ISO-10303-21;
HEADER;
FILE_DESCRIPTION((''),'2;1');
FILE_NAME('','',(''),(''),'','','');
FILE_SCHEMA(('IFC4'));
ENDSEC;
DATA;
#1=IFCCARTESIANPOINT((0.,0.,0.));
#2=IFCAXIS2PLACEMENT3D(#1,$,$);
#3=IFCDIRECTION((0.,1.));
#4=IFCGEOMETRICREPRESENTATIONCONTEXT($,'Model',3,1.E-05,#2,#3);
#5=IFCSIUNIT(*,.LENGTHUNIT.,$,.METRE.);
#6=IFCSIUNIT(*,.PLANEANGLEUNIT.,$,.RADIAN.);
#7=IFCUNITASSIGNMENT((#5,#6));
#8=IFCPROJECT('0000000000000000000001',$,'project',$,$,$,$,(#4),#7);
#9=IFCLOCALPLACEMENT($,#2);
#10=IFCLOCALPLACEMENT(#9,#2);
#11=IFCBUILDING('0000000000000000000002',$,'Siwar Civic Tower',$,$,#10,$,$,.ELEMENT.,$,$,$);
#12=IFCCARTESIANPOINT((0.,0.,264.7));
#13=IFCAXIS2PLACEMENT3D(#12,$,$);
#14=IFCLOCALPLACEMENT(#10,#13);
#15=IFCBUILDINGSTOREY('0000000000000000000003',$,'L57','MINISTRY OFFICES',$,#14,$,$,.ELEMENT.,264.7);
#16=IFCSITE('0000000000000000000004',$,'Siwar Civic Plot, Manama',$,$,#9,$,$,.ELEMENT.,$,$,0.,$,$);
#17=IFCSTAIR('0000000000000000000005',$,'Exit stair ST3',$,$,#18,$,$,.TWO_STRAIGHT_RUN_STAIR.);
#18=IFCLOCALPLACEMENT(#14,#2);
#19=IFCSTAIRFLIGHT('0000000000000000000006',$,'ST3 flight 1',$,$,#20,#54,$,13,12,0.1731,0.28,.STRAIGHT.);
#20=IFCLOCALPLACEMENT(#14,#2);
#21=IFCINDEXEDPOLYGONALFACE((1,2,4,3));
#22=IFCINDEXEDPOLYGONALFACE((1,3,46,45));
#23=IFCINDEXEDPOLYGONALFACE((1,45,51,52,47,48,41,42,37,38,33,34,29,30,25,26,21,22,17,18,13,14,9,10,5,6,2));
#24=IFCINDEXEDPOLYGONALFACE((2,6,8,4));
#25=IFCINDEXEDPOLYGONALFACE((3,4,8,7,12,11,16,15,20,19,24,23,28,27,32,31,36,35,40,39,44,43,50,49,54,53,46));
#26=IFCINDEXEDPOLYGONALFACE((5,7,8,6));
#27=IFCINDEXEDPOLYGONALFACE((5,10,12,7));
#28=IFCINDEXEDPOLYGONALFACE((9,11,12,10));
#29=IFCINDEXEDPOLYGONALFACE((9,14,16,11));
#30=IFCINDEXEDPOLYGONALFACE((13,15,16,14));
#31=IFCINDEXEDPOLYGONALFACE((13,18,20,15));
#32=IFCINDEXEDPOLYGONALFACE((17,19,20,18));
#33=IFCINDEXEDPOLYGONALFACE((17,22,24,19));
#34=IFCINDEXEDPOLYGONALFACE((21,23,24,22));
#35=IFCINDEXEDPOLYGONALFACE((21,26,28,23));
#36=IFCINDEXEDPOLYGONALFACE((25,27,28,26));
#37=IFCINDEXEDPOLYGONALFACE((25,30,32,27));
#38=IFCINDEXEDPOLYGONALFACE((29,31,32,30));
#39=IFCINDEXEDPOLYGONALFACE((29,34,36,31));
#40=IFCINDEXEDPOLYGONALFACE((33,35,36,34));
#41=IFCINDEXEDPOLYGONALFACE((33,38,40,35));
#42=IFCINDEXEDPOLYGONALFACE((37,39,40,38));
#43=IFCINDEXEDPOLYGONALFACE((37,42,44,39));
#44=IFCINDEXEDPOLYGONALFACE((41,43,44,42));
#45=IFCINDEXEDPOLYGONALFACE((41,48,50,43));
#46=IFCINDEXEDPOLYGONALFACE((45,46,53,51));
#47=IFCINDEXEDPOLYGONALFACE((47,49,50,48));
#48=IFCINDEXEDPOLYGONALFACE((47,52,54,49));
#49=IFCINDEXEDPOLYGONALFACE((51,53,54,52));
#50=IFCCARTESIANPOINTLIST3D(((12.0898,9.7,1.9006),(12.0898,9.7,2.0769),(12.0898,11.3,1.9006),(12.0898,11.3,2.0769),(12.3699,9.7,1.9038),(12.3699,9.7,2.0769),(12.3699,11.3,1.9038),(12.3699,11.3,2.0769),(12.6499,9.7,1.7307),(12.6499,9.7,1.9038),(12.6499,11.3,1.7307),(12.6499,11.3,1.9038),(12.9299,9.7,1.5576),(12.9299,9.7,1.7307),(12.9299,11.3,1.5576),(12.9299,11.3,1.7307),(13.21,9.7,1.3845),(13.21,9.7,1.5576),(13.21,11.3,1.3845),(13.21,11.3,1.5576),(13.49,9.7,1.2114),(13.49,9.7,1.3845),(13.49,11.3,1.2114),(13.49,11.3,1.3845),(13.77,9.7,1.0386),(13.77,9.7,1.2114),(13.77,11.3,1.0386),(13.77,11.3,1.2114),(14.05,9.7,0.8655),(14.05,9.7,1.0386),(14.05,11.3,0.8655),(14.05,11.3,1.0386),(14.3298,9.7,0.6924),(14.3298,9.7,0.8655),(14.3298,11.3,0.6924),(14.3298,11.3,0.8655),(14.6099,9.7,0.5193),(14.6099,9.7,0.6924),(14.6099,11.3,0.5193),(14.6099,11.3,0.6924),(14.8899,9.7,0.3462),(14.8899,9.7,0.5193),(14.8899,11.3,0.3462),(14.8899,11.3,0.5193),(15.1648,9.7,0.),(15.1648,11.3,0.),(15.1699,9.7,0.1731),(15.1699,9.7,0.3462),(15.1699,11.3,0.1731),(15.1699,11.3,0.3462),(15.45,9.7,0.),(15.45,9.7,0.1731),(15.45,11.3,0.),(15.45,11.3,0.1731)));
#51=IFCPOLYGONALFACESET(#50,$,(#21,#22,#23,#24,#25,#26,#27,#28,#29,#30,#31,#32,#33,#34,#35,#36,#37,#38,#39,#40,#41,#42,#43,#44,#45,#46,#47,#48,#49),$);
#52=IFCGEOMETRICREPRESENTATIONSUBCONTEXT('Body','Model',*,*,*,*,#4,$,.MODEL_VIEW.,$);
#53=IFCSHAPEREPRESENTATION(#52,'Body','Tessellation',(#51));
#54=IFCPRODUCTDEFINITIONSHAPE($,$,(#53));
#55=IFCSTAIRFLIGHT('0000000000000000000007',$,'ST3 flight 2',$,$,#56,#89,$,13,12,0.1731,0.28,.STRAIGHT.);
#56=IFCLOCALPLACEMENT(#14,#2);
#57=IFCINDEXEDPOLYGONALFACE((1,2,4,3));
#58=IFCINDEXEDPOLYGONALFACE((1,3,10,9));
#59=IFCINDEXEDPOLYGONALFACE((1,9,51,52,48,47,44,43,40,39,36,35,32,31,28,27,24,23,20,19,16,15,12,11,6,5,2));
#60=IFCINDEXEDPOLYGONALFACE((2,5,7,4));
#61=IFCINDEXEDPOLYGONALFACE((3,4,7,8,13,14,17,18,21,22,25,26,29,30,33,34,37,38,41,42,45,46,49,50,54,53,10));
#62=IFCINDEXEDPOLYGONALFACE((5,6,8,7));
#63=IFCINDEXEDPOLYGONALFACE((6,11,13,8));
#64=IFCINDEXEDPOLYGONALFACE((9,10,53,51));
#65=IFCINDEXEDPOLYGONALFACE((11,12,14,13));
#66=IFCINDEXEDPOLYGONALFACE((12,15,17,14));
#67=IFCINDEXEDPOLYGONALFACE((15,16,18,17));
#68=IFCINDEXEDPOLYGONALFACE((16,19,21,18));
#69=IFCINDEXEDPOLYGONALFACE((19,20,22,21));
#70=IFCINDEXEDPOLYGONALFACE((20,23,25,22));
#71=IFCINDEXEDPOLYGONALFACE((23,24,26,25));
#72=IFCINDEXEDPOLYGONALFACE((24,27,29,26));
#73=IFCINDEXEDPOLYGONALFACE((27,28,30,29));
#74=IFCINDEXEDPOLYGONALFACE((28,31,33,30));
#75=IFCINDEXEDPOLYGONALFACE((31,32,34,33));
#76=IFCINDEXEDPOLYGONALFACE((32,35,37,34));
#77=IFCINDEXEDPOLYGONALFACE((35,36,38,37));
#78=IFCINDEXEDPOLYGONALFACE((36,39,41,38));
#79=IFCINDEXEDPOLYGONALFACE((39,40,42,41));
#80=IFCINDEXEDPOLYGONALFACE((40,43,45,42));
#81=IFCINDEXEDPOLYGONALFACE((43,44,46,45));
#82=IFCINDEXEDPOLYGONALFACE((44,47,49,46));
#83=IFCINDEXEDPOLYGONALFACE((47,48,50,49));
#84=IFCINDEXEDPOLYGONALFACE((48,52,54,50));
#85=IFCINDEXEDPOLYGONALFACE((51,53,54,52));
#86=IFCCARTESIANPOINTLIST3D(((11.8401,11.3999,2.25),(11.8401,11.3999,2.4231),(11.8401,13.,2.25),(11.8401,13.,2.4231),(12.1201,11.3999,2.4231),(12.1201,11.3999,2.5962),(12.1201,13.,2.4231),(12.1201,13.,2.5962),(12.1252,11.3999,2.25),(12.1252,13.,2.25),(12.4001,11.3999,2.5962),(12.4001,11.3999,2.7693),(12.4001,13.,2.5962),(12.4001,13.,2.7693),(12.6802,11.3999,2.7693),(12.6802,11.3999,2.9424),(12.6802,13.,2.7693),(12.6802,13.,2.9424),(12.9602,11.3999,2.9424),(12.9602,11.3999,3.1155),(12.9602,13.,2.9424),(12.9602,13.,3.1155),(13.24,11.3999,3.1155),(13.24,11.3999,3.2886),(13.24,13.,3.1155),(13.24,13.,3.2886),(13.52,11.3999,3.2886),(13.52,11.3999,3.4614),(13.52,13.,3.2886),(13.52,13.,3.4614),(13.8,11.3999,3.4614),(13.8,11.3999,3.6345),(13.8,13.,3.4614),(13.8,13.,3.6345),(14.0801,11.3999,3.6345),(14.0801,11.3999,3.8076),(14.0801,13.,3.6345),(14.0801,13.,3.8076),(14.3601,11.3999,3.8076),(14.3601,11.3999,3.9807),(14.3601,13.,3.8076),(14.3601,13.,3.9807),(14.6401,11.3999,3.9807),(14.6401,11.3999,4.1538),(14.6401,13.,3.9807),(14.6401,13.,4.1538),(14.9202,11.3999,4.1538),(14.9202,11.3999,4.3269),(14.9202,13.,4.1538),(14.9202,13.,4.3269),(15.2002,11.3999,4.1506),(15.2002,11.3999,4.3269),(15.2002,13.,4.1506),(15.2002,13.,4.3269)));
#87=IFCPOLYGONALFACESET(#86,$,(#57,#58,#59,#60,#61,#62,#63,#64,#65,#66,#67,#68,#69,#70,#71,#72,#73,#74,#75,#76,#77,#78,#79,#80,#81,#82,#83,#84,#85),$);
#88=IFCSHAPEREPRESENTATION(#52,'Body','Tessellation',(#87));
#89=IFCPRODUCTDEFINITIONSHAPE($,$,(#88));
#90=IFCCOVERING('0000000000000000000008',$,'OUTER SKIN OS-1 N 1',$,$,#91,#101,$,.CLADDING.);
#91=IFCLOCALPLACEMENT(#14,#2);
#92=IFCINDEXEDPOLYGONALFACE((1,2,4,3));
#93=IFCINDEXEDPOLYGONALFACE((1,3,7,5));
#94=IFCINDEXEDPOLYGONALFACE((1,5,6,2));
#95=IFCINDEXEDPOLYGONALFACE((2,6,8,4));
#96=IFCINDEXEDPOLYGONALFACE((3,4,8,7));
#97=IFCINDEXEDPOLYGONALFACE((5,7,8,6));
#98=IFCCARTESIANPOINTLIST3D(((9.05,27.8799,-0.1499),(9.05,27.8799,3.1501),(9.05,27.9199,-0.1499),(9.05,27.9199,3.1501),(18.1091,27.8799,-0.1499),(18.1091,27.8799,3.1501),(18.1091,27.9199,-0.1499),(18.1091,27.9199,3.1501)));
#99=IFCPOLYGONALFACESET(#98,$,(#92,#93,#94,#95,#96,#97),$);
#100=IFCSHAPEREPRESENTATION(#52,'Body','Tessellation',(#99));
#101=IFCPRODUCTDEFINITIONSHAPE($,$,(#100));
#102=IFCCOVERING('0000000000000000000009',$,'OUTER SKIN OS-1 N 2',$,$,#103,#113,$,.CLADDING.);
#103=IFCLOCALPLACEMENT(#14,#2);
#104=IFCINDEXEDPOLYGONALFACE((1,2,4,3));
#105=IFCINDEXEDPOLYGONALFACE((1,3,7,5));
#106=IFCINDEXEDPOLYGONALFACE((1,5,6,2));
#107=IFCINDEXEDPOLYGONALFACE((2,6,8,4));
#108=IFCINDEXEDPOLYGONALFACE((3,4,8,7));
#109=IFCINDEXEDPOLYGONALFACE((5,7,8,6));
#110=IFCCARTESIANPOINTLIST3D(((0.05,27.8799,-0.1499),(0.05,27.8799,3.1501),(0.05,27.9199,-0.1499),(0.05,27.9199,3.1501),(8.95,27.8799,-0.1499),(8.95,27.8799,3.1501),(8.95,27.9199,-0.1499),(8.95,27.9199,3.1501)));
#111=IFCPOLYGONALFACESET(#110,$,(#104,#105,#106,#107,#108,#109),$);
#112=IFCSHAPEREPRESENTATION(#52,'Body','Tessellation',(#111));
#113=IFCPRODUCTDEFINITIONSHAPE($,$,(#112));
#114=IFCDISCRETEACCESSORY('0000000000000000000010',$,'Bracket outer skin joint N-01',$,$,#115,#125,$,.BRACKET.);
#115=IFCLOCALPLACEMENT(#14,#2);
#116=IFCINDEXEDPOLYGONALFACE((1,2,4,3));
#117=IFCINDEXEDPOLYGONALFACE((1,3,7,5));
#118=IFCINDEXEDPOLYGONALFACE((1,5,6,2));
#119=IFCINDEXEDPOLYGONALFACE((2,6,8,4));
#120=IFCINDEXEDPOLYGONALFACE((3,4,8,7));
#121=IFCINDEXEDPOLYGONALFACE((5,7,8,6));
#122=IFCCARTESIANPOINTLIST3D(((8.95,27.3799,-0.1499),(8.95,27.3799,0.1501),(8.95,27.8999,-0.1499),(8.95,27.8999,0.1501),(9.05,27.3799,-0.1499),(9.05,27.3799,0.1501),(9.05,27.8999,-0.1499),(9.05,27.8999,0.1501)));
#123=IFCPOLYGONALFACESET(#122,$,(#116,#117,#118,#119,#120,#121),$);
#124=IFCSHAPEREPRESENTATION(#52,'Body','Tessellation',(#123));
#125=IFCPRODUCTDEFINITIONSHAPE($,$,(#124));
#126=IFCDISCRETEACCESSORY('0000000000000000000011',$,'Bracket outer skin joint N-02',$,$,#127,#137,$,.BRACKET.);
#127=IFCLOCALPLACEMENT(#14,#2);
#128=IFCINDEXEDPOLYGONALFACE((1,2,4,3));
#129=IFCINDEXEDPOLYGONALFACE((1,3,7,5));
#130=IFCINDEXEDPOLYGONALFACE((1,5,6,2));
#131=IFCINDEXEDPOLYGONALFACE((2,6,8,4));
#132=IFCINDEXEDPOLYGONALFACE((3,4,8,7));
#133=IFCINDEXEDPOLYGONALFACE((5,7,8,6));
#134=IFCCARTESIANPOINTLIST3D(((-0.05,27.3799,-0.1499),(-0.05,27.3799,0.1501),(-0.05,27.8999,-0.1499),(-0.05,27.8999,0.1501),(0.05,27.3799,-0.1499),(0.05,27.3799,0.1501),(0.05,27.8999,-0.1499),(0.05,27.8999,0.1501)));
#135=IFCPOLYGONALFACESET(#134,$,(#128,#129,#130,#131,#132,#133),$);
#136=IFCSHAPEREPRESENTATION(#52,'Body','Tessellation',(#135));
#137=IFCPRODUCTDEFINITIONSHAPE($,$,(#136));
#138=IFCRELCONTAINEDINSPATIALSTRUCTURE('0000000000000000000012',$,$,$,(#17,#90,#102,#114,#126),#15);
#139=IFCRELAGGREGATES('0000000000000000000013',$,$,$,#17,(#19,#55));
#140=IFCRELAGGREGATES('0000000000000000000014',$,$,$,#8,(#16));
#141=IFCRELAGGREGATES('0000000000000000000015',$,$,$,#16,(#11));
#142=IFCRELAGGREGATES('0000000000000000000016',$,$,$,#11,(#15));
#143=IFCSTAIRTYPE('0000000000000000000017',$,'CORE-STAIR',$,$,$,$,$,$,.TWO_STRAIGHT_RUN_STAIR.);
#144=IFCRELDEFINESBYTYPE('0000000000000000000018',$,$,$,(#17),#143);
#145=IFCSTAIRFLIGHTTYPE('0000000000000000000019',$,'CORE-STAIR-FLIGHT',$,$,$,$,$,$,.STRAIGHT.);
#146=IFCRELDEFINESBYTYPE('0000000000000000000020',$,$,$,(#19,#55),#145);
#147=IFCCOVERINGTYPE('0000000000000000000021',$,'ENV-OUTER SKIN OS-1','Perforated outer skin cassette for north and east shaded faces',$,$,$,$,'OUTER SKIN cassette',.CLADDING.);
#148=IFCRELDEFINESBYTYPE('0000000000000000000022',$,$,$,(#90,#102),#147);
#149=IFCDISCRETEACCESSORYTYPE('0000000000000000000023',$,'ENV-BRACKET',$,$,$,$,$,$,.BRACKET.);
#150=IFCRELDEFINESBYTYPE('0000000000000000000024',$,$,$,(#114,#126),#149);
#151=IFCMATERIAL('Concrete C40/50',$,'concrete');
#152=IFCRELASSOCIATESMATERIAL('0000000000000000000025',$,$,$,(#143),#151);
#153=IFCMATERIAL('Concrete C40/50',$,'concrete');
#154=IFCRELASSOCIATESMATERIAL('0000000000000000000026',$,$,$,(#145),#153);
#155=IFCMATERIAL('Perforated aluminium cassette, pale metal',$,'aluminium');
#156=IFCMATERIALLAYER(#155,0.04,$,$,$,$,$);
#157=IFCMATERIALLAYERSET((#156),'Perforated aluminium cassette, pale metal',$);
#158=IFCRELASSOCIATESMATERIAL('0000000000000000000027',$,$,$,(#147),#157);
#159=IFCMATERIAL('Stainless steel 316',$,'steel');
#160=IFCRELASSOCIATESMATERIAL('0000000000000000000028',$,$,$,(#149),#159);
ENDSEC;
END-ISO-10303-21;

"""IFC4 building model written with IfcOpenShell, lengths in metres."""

from ifc_helpers import new_model, si_unit, direction, frame, origin, origin_2d, place, context, subcontext, project, spatial, polyline, rectangle, outline, extrude, material, layer, layer_set, type_object, element, aggregate, save


model = new_model("IFC4")

# Units and contexts
model_context = context("Model", 3, precision=1e-05, world=origin(), true_north=direction((0.0, 1.0)))
body_context = subcontext(model_context, "Body", "Model", "MODEL_VIEW")
ifc_project = project(units=[si_unit("LENGTHUNIT", "METRE"), si_unit("PLANEANGLEUNIT", "RADIAN")], contexts=[model_context])

# Site, building, storey
site_placement = place(None, origin())
site = spatial("IfcSite", under=ifc_project, at=site_placement, Name="Siwar Civic Plot, Manama", CompositionType="ELEMENT", RefElevation=0.0)
building_placement = place(site_placement, origin())
building = spatial("IfcBuilding", under=site, at=building_placement, Name="Siwar Civic Tower", CompositionType="ELEMENT")
storey_placement = place(building_placement, frame((0.0, 0.0, 264.7)))
storey = spatial("IfcBuildingStorey", under=building, at=storey_placement, Name="L57", Description="MINISTRY OFFICES", CompositionType="ELEMENT", Elevation=264.7)

# Stair, stair flights
ifc_material_1 = material(Name="Concrete C40/50", Category="concrete")
stair_type = type_object("IfcStairType", Name="CORE-STAIR", PredefinedType="TWO_STRAIGHT_RUN_STAIR", material=ifc_material_1)
stair_placement = place(storey_placement, origin())
stair = element("IfcStair", 1, at=stair_placement, inside=storey, type_object=stair_type, Name="Exit stair ST3", PredefinedType="TWO_STRAIGHT_RUN_STAIR")
ifc_material_2 = material(Name="Concrete C40/50", Category="concrete")
stair_flight_type = type_object("IfcStairFlightType", Name="CORE-STAIR-FLIGHT", PredefinedType="STRAIGHT", material=ifc_material_2)
stair_flight_1_placement = place(storey_placement, frame((15.45, 10.5, 0.0), z_axis=(0.0, 0.0, 1.0), x_axis=(-1.0, 0.0, 0.0)))
stair_flight_1 = element("IfcStairFlight", 2, at=stair_flight_1_placement, type_object=stair_flight_type, Name="ST3 flight 1", NumberOfRisers=13, NumberOfTreads=12, PredefinedType="STRAIGHT", RiserHeight=0.1731, TreadLength=0.28, context=body_context, shape_type="SweptSolid", body=[
    extrude(outline(polyline([(0.0, 0.0), (0.0, 0.1731), (0.28, 0.1731), (0.28, 0.3462), (0.5601, 0.3462), (0.5601, 0.5193), (0.8401, 0.5193), (0.8401, 0.6924), (1.1201, 0.6924), (1.1201, 0.8655), (1.3999, 0.8655), (1.3999, 1.0386), (1.6799, 1.0386), (1.6799, 1.2114), (1.96, 1.2114), (1.96, 1.3845), (2.24, 1.3845), (2.24, 1.5576), (2.52, 1.5576), (2.52, 1.7307), (2.8, 1.7307), (2.8, 1.9038), (3.0801, 1.9038), (3.0801, 2.0769), (3.3601, 2.0769), (3.3601, 2.25), (3.3601, 1.9006), (0.2852, 0.0), (0.0, 0.0)])), frame((0.0, 0.8, 0.0), z_axis=(0.0, -1.0, 0.0), x_axis=(1.0, 0.0, 0.0)), (0.0, 0.0, 1.0), 1.6001),
])
stair_flight_2_placement = place(storey_placement, frame((11.8401, 12.2, 2.25), z_axis=(0.0, 0.0, 1.0), x_axis=(1.0, 0.0, 0.0)))
stair_flight_2 = element("IfcStairFlight", 3, at=stair_flight_2_placement, type_object=stair_flight_type, Name="ST3 flight 2", NumberOfRisers=13, NumberOfTreads=12, PredefinedType="STRAIGHT", RiserHeight=0.1731, TreadLength=0.28, context=body_context, shape_type="SweptSolid", body=[
    extrude(outline(polyline([(0.0, 0.0), (0.0, 0.1731), (0.28, 0.1731), (0.28, 0.3462), (0.5601, 0.3462), (0.5601, 0.5193), (0.8401, 0.5193), (0.8401, 0.6924), (1.1201, 0.6924), (1.1201, 0.8655), (1.3999, 0.8655), (1.3999, 1.0386), (1.6799, 1.0386), (1.6799, 1.2114), (1.96, 1.2114), (1.96, 1.3845), (2.24, 1.3845), (2.24, 1.5576), (2.52, 1.5576), (2.52, 1.7307), (2.8, 1.7307), (2.8, 1.9038), (3.0801, 1.9038), (3.0801, 2.0769), (3.3601, 2.0769), (3.3601, 2.25), (3.3601, 1.9006), (0.2852, 0.0), (0.0, 0.0)])), frame((0.0, 0.8, 0.0), z_axis=(0.0, -1.0, 0.0), x_axis=(1.0, 0.0, 0.0)), (0.0, 0.0, 1.0), 1.6001),
])
aggregate(stair, [stair_flight_1, stair_flight_2])

# Coverings
ifc_material_3 = material(Name="Perforated aluminium cassette, pale metal", Category="aluminium")
ifc_layer_1 = layer(ifc_material_3, 0.04)
ifc_layer_set_1 = layer_set([ifc_layer_1], Name="Perforated aluminium cassette, pale metal")
covering_type = type_object("IfcCoveringType", Name="ENV-OUTER SKIN OS-1", Description="Perforated outer skin cassette for north and east shaded faces", ElementType="OUTER SKIN cassette", PredefinedType="CLADDING", material=ifc_layer_set_1)
covering_1_placement = place(storey_placement, frame((13.5796, 27.8999, -0.1499), z_axis=(0.0, 0.0, 1.0), x_axis=(-1.0, 0.0, 0.0)))
element("IfcCovering", 4, at=covering_1_placement, inside=storey, type_object=covering_type, Name="OUTER SKIN OS-1 N 1", PredefinedType="CLADDING", context=body_context, shape_type="SweptSolid", body=[
    extrude(rectangle(XDim=9.0591, YDim=0.04, at=origin_2d()), origin(), (0.0, 0.0, 1.0), 3.3),
])
covering_2_placement = place(storey_placement, frame((4.5, 27.8999, -0.1499), z_axis=(0.0, 0.0, 1.0), x_axis=(-1.0, 0.0, 0.0)))
element("IfcCovering", 5, at=covering_2_placement, inside=storey, type_object=covering_type, Name="OUTER SKIN OS-1 N 2", PredefinedType="CLADDING", context=body_context, shape_type="SweptSolid", body=[
    extrude(rectangle(XDim=8.8999, YDim=0.04, at=origin_2d()), origin(), (0.0, 0.0, 1.0), 3.3),
])

# Discrete accessories
ifc_material_4 = material(Name="Stainless steel 316", Category="steel")
discrete_accessory_type = type_object("IfcDiscreteAccessoryType", Name="ENV-BRACKET", PredefinedType="BRACKET", material=ifc_material_4)
for number, where, z_axis, x_axis, name in (
    (6, (9.0, 27.6399, -0.1499), (0.0, 0.0, 1.0), (0.0, 1.0, 0.0), "Bracket outer skin joint N-01"),
    (7, (0.0, 27.6399, -0.1499), (0.0, 0.0, 1.0), (0.0, 1.0, 0.0), "Bracket outer skin joint N-02"),
):
    element("IfcDiscreteAccessory", number, at=place(storey_placement, frame(where, z_axis=z_axis, x_axis=x_axis)), inside=storey, type_object=discrete_accessory_type, Name=name, PredefinedType="BRACKET", context=body_context, shape_type="SweptSolid", body=[
        extrude(rectangle(XDim=0.52, YDim=0.1001, at=origin_2d()), origin(), (0.0, 0.0, 1.0), 0.3),
    ])

save(model, "model.ifc")
